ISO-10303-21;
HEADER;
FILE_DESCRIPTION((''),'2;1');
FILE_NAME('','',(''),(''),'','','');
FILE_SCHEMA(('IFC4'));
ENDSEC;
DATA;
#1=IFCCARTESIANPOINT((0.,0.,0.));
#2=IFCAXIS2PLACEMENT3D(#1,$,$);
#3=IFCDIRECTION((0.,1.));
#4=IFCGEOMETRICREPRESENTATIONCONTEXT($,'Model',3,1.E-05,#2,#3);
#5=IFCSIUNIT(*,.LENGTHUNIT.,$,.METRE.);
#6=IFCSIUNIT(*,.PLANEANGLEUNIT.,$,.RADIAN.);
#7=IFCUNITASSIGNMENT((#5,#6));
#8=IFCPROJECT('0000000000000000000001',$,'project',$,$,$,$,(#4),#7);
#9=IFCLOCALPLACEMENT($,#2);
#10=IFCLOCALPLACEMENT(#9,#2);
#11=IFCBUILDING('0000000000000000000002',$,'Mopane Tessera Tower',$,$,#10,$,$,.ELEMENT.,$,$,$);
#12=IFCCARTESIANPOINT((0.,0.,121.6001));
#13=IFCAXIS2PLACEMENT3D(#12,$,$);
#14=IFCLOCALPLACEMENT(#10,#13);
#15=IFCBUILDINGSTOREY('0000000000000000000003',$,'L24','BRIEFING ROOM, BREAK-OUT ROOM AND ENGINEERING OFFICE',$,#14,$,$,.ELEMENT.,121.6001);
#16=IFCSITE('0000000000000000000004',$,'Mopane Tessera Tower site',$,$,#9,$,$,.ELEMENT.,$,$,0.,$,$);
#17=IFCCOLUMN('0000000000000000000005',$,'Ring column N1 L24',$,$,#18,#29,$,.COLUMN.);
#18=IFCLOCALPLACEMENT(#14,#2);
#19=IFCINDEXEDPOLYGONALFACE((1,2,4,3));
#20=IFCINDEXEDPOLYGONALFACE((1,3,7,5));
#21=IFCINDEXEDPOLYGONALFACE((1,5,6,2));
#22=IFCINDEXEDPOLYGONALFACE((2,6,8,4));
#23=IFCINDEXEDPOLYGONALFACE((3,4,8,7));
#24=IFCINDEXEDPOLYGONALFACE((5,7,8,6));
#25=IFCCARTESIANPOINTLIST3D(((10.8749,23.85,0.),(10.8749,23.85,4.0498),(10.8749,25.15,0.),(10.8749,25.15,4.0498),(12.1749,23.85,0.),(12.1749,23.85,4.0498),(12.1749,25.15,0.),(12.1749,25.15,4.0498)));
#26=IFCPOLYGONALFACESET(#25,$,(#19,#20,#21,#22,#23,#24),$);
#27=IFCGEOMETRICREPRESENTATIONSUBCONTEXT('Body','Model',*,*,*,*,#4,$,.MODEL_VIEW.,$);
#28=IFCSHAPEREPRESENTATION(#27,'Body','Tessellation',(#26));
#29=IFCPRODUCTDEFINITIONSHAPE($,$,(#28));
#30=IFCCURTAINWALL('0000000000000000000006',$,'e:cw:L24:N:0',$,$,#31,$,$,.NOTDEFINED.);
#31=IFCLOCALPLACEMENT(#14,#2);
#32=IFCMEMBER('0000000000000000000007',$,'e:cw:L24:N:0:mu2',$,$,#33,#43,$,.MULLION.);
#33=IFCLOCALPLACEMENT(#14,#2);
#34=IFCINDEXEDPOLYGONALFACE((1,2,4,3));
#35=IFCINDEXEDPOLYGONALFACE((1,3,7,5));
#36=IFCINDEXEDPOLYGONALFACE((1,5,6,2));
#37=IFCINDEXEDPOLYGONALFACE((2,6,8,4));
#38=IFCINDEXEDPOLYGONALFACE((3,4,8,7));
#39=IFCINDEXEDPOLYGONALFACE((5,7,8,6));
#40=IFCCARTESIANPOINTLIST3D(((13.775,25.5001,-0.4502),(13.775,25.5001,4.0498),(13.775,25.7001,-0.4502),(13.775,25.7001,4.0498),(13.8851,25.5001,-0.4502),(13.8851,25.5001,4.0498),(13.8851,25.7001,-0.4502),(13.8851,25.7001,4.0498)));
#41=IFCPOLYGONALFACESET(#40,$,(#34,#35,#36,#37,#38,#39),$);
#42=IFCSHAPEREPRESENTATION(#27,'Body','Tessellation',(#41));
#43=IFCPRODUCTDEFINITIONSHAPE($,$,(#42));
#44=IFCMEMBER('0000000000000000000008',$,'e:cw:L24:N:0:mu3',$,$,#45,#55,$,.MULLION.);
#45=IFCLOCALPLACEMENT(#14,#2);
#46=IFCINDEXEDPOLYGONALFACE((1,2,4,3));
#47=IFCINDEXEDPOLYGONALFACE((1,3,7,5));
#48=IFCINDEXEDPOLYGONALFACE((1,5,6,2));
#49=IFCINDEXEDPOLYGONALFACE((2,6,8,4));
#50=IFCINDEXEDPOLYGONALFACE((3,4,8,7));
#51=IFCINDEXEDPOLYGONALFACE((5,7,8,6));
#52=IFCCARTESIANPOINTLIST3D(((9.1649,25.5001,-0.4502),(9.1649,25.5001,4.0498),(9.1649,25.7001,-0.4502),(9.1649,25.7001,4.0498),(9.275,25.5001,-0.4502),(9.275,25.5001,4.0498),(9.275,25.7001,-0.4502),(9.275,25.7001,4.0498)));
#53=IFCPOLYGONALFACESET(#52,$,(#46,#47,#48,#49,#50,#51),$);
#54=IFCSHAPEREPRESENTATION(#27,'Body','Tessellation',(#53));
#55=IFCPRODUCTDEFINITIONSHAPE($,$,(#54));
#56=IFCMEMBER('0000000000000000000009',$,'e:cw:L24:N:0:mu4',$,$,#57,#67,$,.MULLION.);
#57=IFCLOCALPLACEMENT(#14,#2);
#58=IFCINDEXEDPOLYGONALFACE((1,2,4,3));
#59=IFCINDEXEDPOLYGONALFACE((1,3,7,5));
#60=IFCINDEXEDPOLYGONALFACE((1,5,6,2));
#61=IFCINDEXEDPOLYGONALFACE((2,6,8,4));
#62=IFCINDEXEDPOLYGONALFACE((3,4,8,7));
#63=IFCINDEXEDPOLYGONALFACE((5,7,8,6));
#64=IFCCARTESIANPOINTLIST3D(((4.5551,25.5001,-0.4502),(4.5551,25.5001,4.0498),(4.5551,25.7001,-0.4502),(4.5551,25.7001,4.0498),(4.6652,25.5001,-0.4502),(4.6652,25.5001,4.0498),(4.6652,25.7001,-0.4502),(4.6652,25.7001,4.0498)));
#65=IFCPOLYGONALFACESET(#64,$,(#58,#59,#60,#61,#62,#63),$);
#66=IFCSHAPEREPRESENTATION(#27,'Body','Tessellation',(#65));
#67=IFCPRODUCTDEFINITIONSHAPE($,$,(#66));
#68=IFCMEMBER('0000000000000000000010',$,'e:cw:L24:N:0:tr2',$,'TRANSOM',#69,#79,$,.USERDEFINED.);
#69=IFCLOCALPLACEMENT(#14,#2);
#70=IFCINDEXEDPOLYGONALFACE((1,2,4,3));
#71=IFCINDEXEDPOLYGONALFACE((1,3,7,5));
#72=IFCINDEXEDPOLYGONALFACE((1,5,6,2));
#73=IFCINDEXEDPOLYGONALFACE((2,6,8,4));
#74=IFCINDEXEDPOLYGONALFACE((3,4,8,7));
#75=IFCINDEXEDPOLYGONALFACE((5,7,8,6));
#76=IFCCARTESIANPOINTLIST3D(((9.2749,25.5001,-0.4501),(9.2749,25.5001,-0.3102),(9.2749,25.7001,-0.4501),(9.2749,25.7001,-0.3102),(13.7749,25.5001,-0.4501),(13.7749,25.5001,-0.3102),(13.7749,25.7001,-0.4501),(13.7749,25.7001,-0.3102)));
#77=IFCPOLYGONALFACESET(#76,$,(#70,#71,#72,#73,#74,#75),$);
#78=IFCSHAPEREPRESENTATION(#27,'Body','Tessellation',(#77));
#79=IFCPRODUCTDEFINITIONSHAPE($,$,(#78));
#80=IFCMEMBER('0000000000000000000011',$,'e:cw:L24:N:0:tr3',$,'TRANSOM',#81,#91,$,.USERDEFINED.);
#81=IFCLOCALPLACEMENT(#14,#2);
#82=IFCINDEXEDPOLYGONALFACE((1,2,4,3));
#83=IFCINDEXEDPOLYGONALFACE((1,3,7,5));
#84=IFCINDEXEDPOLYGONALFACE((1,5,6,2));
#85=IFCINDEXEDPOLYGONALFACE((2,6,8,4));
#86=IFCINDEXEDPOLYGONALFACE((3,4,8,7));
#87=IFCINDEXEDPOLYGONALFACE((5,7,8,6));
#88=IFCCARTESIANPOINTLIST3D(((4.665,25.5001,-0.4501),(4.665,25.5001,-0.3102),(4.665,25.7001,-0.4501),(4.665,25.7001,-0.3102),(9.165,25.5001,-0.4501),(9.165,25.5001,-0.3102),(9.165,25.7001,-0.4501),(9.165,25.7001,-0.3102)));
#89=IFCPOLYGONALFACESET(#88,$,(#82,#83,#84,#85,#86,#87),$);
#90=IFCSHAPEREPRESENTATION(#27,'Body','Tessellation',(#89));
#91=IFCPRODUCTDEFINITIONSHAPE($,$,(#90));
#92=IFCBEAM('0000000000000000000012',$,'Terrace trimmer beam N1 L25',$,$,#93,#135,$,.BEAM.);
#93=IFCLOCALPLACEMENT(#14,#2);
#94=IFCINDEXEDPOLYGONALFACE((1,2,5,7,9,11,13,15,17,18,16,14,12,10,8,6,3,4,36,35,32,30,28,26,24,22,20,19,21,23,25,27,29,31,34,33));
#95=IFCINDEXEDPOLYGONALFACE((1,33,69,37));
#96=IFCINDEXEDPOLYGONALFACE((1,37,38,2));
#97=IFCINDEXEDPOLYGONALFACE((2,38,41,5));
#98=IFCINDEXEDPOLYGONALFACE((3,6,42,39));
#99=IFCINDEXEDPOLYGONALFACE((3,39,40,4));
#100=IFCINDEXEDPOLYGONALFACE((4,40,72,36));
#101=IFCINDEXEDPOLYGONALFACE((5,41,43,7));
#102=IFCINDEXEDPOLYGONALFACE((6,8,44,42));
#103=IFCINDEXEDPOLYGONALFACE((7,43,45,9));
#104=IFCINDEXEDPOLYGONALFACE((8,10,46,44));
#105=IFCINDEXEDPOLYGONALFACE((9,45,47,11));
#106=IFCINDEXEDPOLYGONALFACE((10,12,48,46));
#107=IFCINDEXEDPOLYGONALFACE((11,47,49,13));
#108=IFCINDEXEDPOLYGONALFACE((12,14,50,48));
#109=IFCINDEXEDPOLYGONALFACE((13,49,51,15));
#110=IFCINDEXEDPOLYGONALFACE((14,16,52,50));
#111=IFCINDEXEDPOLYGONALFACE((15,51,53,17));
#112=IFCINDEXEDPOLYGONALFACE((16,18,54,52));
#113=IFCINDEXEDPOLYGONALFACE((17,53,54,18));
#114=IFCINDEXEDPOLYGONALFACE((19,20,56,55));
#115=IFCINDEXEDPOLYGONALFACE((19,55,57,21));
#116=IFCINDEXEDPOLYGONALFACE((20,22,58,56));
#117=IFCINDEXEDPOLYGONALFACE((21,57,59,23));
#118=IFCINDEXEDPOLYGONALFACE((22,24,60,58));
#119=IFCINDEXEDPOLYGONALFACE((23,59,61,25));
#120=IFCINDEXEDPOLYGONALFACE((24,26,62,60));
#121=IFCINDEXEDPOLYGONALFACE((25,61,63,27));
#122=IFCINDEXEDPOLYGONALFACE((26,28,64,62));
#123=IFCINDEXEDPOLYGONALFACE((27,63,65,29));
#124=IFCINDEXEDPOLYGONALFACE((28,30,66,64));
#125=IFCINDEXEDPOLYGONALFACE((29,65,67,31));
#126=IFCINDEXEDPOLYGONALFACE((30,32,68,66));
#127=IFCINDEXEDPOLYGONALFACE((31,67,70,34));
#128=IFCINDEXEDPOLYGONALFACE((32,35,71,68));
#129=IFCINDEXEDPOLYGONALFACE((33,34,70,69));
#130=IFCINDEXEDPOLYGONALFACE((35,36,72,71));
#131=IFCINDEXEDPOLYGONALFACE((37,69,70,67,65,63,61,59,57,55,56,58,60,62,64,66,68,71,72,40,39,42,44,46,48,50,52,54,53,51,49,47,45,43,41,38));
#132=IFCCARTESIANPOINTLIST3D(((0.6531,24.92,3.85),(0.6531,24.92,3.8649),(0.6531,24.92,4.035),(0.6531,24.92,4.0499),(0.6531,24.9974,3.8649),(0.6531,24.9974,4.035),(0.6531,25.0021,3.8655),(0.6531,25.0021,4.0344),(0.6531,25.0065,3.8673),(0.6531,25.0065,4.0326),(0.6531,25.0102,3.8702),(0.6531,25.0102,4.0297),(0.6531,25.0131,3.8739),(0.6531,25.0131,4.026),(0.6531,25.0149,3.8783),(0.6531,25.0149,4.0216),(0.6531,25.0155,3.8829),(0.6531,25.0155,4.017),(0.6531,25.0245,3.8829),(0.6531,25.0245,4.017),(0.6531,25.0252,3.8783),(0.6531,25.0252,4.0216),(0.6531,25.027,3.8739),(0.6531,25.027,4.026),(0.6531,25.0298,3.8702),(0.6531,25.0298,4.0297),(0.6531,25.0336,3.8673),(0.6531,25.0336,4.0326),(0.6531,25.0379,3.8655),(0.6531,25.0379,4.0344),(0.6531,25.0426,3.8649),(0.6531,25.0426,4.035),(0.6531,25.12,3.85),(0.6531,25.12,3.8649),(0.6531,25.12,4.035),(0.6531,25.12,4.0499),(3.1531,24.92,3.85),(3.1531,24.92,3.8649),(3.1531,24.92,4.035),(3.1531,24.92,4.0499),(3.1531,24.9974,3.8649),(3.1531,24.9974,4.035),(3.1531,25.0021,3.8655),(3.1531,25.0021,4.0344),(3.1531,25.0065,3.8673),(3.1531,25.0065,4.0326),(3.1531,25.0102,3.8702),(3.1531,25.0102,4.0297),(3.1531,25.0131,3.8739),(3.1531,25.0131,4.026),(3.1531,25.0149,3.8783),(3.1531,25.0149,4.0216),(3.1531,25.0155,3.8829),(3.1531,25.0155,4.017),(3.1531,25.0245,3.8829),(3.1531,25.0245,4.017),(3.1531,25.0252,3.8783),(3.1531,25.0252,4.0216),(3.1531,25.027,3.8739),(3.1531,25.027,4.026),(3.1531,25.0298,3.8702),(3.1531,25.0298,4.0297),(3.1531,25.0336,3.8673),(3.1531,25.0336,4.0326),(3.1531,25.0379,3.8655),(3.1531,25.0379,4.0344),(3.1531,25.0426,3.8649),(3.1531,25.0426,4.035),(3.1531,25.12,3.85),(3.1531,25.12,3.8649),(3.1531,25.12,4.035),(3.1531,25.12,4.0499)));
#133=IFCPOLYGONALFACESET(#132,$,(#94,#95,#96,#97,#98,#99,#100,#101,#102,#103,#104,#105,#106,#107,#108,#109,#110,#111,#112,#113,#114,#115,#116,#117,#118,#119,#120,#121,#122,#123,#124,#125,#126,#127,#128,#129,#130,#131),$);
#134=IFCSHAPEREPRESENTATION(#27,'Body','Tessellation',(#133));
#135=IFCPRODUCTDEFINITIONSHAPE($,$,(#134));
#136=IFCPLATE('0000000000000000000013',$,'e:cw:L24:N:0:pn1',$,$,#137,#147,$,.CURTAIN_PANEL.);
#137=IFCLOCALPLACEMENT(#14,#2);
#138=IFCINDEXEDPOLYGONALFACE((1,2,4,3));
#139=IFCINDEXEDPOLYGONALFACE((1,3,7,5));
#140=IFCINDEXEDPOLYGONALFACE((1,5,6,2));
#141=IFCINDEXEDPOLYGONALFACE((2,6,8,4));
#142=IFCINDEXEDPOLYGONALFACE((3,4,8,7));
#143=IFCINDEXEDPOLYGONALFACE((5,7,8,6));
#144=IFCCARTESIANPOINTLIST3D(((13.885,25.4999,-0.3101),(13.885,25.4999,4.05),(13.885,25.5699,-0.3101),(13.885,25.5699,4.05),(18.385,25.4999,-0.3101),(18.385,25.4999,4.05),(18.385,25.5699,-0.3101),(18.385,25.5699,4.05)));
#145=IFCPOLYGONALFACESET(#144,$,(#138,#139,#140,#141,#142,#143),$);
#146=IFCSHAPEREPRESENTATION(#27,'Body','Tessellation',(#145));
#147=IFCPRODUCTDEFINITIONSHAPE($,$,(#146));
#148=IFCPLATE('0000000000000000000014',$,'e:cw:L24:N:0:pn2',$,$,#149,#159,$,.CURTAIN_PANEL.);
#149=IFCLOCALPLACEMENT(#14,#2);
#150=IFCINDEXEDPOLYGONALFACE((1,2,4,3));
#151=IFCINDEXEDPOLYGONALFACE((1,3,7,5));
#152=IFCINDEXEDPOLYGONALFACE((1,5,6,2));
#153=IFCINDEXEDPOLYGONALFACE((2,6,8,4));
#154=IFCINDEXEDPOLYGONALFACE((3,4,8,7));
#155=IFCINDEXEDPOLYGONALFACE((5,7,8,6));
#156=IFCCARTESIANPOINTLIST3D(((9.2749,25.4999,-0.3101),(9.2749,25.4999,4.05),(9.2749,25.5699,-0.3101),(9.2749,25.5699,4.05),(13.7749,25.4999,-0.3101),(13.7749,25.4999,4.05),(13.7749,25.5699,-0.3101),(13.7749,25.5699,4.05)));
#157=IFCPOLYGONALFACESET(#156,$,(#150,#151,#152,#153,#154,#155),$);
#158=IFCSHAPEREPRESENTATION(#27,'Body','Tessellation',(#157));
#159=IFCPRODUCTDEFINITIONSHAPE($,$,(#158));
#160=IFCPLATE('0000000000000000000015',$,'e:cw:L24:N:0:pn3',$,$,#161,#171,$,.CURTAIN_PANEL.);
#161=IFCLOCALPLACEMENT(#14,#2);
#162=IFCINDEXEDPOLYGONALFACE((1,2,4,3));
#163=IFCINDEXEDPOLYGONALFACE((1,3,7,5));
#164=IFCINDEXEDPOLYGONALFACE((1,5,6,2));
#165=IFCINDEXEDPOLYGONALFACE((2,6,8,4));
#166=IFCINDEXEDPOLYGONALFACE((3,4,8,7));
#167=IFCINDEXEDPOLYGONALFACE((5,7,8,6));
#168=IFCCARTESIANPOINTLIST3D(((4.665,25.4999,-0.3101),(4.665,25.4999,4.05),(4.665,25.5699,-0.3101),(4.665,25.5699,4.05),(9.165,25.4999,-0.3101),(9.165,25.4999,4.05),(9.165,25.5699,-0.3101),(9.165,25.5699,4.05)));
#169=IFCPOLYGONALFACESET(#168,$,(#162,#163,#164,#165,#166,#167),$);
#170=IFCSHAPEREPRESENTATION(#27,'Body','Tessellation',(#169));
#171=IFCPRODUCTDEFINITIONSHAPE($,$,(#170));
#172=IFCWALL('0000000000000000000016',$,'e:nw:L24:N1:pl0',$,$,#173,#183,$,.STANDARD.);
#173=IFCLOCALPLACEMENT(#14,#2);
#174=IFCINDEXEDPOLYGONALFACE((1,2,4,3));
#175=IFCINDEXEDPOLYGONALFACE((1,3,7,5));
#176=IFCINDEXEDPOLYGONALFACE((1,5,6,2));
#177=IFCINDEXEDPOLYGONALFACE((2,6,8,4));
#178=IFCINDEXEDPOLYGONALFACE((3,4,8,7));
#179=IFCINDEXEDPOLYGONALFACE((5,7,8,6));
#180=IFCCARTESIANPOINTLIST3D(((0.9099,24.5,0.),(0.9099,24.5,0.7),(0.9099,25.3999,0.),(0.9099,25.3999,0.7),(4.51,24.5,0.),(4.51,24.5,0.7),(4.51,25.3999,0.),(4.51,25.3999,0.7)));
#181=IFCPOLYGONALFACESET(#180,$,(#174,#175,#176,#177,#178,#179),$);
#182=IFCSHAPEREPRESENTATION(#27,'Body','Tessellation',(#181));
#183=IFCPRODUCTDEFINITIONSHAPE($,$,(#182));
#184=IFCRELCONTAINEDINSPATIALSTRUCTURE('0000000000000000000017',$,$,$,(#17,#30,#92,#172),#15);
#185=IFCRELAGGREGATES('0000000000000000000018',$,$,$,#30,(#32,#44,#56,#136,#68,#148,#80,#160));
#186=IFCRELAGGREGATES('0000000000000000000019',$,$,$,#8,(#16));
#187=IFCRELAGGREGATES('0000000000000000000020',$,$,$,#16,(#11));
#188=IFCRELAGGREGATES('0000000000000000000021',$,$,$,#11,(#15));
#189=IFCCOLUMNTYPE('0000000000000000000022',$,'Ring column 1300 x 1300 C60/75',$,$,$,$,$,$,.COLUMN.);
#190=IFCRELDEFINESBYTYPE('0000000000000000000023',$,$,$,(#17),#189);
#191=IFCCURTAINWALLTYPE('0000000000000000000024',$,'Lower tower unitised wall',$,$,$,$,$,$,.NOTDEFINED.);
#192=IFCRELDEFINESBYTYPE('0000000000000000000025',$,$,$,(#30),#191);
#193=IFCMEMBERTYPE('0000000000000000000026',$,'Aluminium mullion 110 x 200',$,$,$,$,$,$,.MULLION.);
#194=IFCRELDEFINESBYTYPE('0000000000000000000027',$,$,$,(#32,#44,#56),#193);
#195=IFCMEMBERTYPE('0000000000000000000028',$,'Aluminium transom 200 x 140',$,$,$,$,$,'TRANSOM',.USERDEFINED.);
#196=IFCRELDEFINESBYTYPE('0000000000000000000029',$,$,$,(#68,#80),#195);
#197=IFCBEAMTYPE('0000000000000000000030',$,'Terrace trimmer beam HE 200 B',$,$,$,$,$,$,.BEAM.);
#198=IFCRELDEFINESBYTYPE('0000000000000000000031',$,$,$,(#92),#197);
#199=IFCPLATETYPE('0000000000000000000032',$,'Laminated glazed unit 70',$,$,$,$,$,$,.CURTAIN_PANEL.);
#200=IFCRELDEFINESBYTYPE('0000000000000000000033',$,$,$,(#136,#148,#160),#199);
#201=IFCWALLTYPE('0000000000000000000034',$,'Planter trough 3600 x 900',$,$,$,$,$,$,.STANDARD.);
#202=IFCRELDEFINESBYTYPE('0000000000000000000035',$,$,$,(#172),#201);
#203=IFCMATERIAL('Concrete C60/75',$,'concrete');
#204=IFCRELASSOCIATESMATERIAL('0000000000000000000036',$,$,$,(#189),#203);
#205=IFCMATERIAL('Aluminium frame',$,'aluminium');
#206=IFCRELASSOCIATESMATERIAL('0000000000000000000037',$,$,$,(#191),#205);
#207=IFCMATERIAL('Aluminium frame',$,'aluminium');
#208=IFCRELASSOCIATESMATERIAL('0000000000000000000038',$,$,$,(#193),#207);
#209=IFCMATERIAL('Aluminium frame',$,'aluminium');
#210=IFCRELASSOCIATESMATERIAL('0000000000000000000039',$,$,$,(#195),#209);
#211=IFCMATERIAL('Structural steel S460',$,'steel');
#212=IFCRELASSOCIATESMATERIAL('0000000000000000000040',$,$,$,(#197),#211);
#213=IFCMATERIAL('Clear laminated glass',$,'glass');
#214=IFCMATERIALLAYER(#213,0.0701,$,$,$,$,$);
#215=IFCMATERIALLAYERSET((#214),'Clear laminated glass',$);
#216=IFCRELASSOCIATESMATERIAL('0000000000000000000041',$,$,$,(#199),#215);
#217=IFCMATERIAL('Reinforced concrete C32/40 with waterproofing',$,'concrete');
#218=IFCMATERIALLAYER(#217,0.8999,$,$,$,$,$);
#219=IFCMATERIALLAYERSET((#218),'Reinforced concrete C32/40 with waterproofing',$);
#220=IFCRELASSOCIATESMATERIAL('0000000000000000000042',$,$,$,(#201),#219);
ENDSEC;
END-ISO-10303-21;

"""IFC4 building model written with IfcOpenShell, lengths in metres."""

from ifc_helpers import new_model, si_unit, direction, frame, frame_2d, origin, origin_2d, place, context, subcontext, project, spatial, rectangle, i_section, extrude, material, layer, layer_set, material_profile, profile_set, type_object, element, aggregate, save


model = new_model("IFC4")

# Units and contexts
model_context = context("Model", 3, precision=1e-05, world=origin(), true_north=direction((0.0, 1.0)))
body_context = subcontext(model_context, "Body", "Model", "MODEL_VIEW")
ifc_project = project(units=[si_unit("LENGTHUNIT", "METRE"), si_unit("PLANEANGLEUNIT", "RADIAN")], contexts=[model_context])

# Site, building, storey
site_placement = place(None, origin())
site = spatial("IfcSite", under=ifc_project, at=site_placement, Name="Mopane Tessera Tower site", CompositionType="ELEMENT", RefElevation=0.0)
building_placement = place(site_placement, origin())
building = spatial("IfcBuilding", under=site, at=building_placement, Name="Mopane Tessera Tower", CompositionType="ELEMENT")
storey_placement = place(building_placement, frame((0.0, 0.0, 121.6001)))
storey = spatial("IfcBuildingStorey", under=building, at=storey_placement, Name="L24", Description="BRIEFING ROOM, BREAK-OUT ROOM AND ENGINEERING OFFICE", CompositionType="ELEMENT", Elevation=121.6001)

# Column
ifc_material_1 = material(Name="Concrete C60/75", Category="concrete")
ifc_material_profile_1 = material_profile(ifc_material_1, rectangle(XDim=1.3, YDim=1.3, at=origin_2d()))
ifc_profile_set_1 = profile_set([ifc_material_profile_1], Name="Concrete C60/75")
column_type = type_object("IfcColumnType", Name="Ring column 1300 x 1300 C60/75", PredefinedType="COLUMN", material=ifc_profile_set_1)
column_placement = place(storey_placement, frame((11.5249, 24.5, 0.0), z_axis=(0.0, 0.0, 1.0), x_axis=(1.0, 0.0, 0.0)))
element("IfcColumn", 1, at=column_placement, inside=storey, type_object=column_type, Name="Ring column N1 L24", PredefinedType="COLUMN", context=body_context, shape_type="SweptSolid", body=[
    extrude(rectangle(XDim=1.3, YDim=1.3, at=origin_2d()), origin(), (0.0, 0.0, 1.0), 4.0498),
])

# Curtain wall, members
ifc_material_2 = material(Name="Aluminium frame", Category="aluminium")
curtain_wall_type = type_object("IfcCurtainWallType", Name="Lower tower unitised wall", PredefinedType="NOTDEFINED", material=ifc_material_2)
curtain_wall_placement = place(storey_placement, origin())
curtain_wall = element("IfcCurtainWall", 2, at=curtain_wall_placement, inside=storey, type_object=curtain_wall_type, Name="e:cw:L24:N:0", PredefinedType="NOTDEFINED")
ifc_material_3 = material(Name="Aluminium frame", Category="aluminium")
ifc_material_profile_2 = material_profile(ifc_material_3, rectangle(XDim=0.1101, YDim=0.2, at=origin_2d()))
ifc_profile_set_2 = profile_set([ifc_material_profile_2], Name="Aluminium frame")
member_type_1 = type_object("IfcMemberType", Name="Aluminium mullion 110 x 200", PredefinedType="MULLION", material=ifc_profile_set_2)
member_1_placement = place(storey_placement, frame((13.8301, 25.6001, -0.4502), z_axis=(0.0, 0.0, 1.0), x_axis=(-1.0, 0.0, 0.0)))
member_1 = element("IfcMember", 3, at=member_1_placement, type_object=member_type_1, Name="e:cw:L24:N:0:mu2", PredefinedType="MULLION", context=body_context, shape_type="SweptSolid", body=[
    extrude(rectangle(XDim=0.1101, YDim=0.2, at=origin_2d()), origin(), (0.0, 0.0, 1.0), 4.5),
])
member_2_placement = place(storey_placement, frame((9.22, 25.6001, -0.4502), z_axis=(0.0, 0.0, 1.0), x_axis=(-1.0, 0.0, 0.0)))
member_2 = element("IfcMember", 4, at=member_2_placement, type_object=member_type_1, Name="e:cw:L24:N:0:mu3", PredefinedType="MULLION", context=body_context, shape_type="SweptSolid", body=[
    extrude(rectangle(XDim=0.1101, YDim=0.2, at=origin_2d()), origin(), (0.0, 0.0, 1.0), 4.5),
])
member_3_placement = place(storey_placement, frame((4.6101, 25.6001, -0.4502), z_axis=(0.0, 0.0, 1.0), x_axis=(-1.0, 0.0, 0.0)))
member_3 = element("IfcMember", 5, at=member_3_placement, type_object=member_type_1, Name="e:cw:L24:N:0:mu4", PredefinedType="MULLION", context=body_context, shape_type="SweptSolid", body=[
    extrude(rectangle(XDim=0.1101, YDim=0.2, at=origin_2d()), origin(), (0.0, 0.0, 1.0), 4.5),
])
ifc_material_4 = material(Name="Aluminium frame", Category="aluminium")
ifc_material_profile_3 = material_profile(ifc_material_4, rectangle(XDim=0.2, YDim=0.1399, at=origin_2d()))
ifc_profile_set_3 = profile_set([ifc_material_profile_3], Name="Aluminium frame")
member_type_2 = type_object("IfcMemberType", Name="Aluminium transom 200 x 140", ElementType="TRANSOM", PredefinedType="USERDEFINED", material=ifc_profile_set_3)
member_4_placement = place(storey_placement, frame((13.7749, 25.6001, -0.3801), z_axis=(-1.0, 0.0, 0.0), x_axis=(0.0, -1.0, 0.0)))
member_4 = element("IfcMember", 6, at=member_4_placement, type_object=member_type_2, Name="e:cw:L24:N:0:tr2", ObjectType="TRANSOM", PredefinedType="USERDEFINED", context=body_context, shape_type="SweptSolid", body=[
    extrude(rectangle(XDim=0.2, YDim=0.1399, at=origin_2d()), origin(), (0.0, 0.0, 1.0), 4.5),
])
member_5_placement = place(storey_placement, frame((9.165, 25.6001, -0.3801), z_axis=(-1.0, 0.0, 0.0), x_axis=(0.0, -1.0, 0.0)))
member_5 = element("IfcMember", 7, at=member_5_placement, type_object=member_type_2, Name="e:cw:L24:N:0:tr3", ObjectType="TRANSOM", PredefinedType="USERDEFINED", context=body_context, shape_type="SweptSolid", body=[
    extrude(rectangle(XDim=0.2, YDim=0.1399, at=origin_2d()), origin(), (0.0, 0.0, 1.0), 4.5),
])

# Beam
ifc_material_5 = material(Name="Structural steel S460", Category="steel")
ifc_material_profile_4 = material_profile(ifc_material_5, i_section(OverallWidth=0.2, OverallDepth=0.2, WebThickness=0.009, FlangeThickness=0.0149, FilletRadius=0.0181, at=origin_2d()))
ifc_profile_set_4 = profile_set([ifc_material_profile_4], Name="Structural steel S460")
beam_type = type_object("IfcBeamType", Name="Terrace trimmer beam HE 200 B", PredefinedType="BEAM", material=ifc_profile_set_4)
beam_placement = place(storey_placement, frame((0.6531, 25.02, 3.95), z_axis=(1.0, 0.0, 0.0), x_axis=(0.0, 1.0, 0.0)))
element("IfcBeam", 8, at=beam_placement, inside=storey, type_object=beam_type, Name="Terrace trimmer beam N1 L25", PredefinedType="BEAM", context=body_context, shape_type="SweptSolid", body=[
    extrude(i_section(OverallWidth=0.2, OverallDepth=0.2, WebThickness=0.009, FlangeThickness=0.0149, FilletRadius=0.0181, at=origin_2d()), origin(), (0.0, 0.0, 1.0), 2.5),
])

# Plates
ifc_material_6 = material(Name="Clear laminated glass", Category="glass")
ifc_layer_1 = layer(ifc_material_6, 0.0701)
ifc_layer_set_1 = layer_set([ifc_layer_1], Name="Clear laminated glass")
plate_type = type_object("IfcPlateType", Name="Laminated glazed unit 70", PredefinedType="CURTAIN_PANEL", material=ifc_layer_set_1)
plate_1_placement = place(storey_placement, frame((16.135, 25.5349, -0.3101), z_axis=(0.0, 0.0, 1.0), x_axis=(-1.0, 0.0, 0.0)))
plate_1 = element("IfcPlate", 9, at=plate_1_placement, type_object=plate_type, Name="e:cw:L24:N:0:pn1", PredefinedType="CURTAIN_PANEL", context=body_context, shape_type="SweptSolid", body=[
    extrude(rectangle(XDim=4.5, YDim=0.0701, at=origin_2d()), origin(), (0.0, 0.0, 1.0), 4.3601),
])
plate_2_placement = place(storey_placement, frame((11.5249, 25.5349, -0.3101), z_axis=(0.0, 0.0, 1.0), x_axis=(-1.0, 0.0, 0.0)))
plate_2 = element("IfcPlate", 10, at=plate_2_placement, type_object=plate_type, Name="e:cw:L24:N:0:pn2", PredefinedType="CURTAIN_PANEL", context=body_context, shape_type="SweptSolid", body=[
    extrude(rectangle(XDim=4.5, YDim=0.0701, at=origin_2d()), origin(), (0.0, 0.0, 1.0), 4.3601),
])
plate_3_placement = place(storey_placement, frame((6.915, 25.5349, -0.3101), z_axis=(0.0, 0.0, 1.0), x_axis=(-1.0, 0.0, 0.0)))
plate_3 = element("IfcPlate", 11, at=plate_3_placement, type_object=plate_type, Name="e:cw:L24:N:0:pn3", PredefinedType="CURTAIN_PANEL", context=body_context, shape_type="SweptSolid", body=[
    extrude(rectangle(XDim=4.5, YDim=0.0701, at=origin_2d()), origin(), (0.0, 0.0, 1.0), 4.3601),
])
aggregate(curtain_wall, [member_1, member_2, member_3, plate_1, member_4, plate_2, member_5, plate_3])

# Wall
ifc_material_7 = material(Name="Reinforced concrete C32/40 with waterproofing", Category="concrete")
ifc_layer_2 = layer(ifc_material_7, 0.8999)
ifc_layer_set_2 = layer_set([ifc_layer_2], Name="Reinforced concrete C32/40 with waterproofing")
wall_type_1 = type_object("IfcWallType", Name="Planter trough 3600 x 900", PredefinedType="STANDARD", material=ifc_layer_set_2)
wall_1_placement = place(storey_placement, frame((4.51, 24.95, 0.0), z_axis=(0.0, 0.0, 1.0), x_axis=(-1.0, 0.0, 0.0)))
element("IfcWall", 12, at=wall_1_placement, inside=storey, type_object=wall_type_1, Name="e:nw:L24:N1:pl0", PredefinedType="STANDARD", context=body_context, shape_type="SweptSolid", body=[
    extrude(rectangle(XDim=3.6001, YDim=0.8999, at=frame_2d((1.8, 0.0))), origin(), (0.0, 0.0, 1.0), 0.7),
])

save(model, "model.ifc")
